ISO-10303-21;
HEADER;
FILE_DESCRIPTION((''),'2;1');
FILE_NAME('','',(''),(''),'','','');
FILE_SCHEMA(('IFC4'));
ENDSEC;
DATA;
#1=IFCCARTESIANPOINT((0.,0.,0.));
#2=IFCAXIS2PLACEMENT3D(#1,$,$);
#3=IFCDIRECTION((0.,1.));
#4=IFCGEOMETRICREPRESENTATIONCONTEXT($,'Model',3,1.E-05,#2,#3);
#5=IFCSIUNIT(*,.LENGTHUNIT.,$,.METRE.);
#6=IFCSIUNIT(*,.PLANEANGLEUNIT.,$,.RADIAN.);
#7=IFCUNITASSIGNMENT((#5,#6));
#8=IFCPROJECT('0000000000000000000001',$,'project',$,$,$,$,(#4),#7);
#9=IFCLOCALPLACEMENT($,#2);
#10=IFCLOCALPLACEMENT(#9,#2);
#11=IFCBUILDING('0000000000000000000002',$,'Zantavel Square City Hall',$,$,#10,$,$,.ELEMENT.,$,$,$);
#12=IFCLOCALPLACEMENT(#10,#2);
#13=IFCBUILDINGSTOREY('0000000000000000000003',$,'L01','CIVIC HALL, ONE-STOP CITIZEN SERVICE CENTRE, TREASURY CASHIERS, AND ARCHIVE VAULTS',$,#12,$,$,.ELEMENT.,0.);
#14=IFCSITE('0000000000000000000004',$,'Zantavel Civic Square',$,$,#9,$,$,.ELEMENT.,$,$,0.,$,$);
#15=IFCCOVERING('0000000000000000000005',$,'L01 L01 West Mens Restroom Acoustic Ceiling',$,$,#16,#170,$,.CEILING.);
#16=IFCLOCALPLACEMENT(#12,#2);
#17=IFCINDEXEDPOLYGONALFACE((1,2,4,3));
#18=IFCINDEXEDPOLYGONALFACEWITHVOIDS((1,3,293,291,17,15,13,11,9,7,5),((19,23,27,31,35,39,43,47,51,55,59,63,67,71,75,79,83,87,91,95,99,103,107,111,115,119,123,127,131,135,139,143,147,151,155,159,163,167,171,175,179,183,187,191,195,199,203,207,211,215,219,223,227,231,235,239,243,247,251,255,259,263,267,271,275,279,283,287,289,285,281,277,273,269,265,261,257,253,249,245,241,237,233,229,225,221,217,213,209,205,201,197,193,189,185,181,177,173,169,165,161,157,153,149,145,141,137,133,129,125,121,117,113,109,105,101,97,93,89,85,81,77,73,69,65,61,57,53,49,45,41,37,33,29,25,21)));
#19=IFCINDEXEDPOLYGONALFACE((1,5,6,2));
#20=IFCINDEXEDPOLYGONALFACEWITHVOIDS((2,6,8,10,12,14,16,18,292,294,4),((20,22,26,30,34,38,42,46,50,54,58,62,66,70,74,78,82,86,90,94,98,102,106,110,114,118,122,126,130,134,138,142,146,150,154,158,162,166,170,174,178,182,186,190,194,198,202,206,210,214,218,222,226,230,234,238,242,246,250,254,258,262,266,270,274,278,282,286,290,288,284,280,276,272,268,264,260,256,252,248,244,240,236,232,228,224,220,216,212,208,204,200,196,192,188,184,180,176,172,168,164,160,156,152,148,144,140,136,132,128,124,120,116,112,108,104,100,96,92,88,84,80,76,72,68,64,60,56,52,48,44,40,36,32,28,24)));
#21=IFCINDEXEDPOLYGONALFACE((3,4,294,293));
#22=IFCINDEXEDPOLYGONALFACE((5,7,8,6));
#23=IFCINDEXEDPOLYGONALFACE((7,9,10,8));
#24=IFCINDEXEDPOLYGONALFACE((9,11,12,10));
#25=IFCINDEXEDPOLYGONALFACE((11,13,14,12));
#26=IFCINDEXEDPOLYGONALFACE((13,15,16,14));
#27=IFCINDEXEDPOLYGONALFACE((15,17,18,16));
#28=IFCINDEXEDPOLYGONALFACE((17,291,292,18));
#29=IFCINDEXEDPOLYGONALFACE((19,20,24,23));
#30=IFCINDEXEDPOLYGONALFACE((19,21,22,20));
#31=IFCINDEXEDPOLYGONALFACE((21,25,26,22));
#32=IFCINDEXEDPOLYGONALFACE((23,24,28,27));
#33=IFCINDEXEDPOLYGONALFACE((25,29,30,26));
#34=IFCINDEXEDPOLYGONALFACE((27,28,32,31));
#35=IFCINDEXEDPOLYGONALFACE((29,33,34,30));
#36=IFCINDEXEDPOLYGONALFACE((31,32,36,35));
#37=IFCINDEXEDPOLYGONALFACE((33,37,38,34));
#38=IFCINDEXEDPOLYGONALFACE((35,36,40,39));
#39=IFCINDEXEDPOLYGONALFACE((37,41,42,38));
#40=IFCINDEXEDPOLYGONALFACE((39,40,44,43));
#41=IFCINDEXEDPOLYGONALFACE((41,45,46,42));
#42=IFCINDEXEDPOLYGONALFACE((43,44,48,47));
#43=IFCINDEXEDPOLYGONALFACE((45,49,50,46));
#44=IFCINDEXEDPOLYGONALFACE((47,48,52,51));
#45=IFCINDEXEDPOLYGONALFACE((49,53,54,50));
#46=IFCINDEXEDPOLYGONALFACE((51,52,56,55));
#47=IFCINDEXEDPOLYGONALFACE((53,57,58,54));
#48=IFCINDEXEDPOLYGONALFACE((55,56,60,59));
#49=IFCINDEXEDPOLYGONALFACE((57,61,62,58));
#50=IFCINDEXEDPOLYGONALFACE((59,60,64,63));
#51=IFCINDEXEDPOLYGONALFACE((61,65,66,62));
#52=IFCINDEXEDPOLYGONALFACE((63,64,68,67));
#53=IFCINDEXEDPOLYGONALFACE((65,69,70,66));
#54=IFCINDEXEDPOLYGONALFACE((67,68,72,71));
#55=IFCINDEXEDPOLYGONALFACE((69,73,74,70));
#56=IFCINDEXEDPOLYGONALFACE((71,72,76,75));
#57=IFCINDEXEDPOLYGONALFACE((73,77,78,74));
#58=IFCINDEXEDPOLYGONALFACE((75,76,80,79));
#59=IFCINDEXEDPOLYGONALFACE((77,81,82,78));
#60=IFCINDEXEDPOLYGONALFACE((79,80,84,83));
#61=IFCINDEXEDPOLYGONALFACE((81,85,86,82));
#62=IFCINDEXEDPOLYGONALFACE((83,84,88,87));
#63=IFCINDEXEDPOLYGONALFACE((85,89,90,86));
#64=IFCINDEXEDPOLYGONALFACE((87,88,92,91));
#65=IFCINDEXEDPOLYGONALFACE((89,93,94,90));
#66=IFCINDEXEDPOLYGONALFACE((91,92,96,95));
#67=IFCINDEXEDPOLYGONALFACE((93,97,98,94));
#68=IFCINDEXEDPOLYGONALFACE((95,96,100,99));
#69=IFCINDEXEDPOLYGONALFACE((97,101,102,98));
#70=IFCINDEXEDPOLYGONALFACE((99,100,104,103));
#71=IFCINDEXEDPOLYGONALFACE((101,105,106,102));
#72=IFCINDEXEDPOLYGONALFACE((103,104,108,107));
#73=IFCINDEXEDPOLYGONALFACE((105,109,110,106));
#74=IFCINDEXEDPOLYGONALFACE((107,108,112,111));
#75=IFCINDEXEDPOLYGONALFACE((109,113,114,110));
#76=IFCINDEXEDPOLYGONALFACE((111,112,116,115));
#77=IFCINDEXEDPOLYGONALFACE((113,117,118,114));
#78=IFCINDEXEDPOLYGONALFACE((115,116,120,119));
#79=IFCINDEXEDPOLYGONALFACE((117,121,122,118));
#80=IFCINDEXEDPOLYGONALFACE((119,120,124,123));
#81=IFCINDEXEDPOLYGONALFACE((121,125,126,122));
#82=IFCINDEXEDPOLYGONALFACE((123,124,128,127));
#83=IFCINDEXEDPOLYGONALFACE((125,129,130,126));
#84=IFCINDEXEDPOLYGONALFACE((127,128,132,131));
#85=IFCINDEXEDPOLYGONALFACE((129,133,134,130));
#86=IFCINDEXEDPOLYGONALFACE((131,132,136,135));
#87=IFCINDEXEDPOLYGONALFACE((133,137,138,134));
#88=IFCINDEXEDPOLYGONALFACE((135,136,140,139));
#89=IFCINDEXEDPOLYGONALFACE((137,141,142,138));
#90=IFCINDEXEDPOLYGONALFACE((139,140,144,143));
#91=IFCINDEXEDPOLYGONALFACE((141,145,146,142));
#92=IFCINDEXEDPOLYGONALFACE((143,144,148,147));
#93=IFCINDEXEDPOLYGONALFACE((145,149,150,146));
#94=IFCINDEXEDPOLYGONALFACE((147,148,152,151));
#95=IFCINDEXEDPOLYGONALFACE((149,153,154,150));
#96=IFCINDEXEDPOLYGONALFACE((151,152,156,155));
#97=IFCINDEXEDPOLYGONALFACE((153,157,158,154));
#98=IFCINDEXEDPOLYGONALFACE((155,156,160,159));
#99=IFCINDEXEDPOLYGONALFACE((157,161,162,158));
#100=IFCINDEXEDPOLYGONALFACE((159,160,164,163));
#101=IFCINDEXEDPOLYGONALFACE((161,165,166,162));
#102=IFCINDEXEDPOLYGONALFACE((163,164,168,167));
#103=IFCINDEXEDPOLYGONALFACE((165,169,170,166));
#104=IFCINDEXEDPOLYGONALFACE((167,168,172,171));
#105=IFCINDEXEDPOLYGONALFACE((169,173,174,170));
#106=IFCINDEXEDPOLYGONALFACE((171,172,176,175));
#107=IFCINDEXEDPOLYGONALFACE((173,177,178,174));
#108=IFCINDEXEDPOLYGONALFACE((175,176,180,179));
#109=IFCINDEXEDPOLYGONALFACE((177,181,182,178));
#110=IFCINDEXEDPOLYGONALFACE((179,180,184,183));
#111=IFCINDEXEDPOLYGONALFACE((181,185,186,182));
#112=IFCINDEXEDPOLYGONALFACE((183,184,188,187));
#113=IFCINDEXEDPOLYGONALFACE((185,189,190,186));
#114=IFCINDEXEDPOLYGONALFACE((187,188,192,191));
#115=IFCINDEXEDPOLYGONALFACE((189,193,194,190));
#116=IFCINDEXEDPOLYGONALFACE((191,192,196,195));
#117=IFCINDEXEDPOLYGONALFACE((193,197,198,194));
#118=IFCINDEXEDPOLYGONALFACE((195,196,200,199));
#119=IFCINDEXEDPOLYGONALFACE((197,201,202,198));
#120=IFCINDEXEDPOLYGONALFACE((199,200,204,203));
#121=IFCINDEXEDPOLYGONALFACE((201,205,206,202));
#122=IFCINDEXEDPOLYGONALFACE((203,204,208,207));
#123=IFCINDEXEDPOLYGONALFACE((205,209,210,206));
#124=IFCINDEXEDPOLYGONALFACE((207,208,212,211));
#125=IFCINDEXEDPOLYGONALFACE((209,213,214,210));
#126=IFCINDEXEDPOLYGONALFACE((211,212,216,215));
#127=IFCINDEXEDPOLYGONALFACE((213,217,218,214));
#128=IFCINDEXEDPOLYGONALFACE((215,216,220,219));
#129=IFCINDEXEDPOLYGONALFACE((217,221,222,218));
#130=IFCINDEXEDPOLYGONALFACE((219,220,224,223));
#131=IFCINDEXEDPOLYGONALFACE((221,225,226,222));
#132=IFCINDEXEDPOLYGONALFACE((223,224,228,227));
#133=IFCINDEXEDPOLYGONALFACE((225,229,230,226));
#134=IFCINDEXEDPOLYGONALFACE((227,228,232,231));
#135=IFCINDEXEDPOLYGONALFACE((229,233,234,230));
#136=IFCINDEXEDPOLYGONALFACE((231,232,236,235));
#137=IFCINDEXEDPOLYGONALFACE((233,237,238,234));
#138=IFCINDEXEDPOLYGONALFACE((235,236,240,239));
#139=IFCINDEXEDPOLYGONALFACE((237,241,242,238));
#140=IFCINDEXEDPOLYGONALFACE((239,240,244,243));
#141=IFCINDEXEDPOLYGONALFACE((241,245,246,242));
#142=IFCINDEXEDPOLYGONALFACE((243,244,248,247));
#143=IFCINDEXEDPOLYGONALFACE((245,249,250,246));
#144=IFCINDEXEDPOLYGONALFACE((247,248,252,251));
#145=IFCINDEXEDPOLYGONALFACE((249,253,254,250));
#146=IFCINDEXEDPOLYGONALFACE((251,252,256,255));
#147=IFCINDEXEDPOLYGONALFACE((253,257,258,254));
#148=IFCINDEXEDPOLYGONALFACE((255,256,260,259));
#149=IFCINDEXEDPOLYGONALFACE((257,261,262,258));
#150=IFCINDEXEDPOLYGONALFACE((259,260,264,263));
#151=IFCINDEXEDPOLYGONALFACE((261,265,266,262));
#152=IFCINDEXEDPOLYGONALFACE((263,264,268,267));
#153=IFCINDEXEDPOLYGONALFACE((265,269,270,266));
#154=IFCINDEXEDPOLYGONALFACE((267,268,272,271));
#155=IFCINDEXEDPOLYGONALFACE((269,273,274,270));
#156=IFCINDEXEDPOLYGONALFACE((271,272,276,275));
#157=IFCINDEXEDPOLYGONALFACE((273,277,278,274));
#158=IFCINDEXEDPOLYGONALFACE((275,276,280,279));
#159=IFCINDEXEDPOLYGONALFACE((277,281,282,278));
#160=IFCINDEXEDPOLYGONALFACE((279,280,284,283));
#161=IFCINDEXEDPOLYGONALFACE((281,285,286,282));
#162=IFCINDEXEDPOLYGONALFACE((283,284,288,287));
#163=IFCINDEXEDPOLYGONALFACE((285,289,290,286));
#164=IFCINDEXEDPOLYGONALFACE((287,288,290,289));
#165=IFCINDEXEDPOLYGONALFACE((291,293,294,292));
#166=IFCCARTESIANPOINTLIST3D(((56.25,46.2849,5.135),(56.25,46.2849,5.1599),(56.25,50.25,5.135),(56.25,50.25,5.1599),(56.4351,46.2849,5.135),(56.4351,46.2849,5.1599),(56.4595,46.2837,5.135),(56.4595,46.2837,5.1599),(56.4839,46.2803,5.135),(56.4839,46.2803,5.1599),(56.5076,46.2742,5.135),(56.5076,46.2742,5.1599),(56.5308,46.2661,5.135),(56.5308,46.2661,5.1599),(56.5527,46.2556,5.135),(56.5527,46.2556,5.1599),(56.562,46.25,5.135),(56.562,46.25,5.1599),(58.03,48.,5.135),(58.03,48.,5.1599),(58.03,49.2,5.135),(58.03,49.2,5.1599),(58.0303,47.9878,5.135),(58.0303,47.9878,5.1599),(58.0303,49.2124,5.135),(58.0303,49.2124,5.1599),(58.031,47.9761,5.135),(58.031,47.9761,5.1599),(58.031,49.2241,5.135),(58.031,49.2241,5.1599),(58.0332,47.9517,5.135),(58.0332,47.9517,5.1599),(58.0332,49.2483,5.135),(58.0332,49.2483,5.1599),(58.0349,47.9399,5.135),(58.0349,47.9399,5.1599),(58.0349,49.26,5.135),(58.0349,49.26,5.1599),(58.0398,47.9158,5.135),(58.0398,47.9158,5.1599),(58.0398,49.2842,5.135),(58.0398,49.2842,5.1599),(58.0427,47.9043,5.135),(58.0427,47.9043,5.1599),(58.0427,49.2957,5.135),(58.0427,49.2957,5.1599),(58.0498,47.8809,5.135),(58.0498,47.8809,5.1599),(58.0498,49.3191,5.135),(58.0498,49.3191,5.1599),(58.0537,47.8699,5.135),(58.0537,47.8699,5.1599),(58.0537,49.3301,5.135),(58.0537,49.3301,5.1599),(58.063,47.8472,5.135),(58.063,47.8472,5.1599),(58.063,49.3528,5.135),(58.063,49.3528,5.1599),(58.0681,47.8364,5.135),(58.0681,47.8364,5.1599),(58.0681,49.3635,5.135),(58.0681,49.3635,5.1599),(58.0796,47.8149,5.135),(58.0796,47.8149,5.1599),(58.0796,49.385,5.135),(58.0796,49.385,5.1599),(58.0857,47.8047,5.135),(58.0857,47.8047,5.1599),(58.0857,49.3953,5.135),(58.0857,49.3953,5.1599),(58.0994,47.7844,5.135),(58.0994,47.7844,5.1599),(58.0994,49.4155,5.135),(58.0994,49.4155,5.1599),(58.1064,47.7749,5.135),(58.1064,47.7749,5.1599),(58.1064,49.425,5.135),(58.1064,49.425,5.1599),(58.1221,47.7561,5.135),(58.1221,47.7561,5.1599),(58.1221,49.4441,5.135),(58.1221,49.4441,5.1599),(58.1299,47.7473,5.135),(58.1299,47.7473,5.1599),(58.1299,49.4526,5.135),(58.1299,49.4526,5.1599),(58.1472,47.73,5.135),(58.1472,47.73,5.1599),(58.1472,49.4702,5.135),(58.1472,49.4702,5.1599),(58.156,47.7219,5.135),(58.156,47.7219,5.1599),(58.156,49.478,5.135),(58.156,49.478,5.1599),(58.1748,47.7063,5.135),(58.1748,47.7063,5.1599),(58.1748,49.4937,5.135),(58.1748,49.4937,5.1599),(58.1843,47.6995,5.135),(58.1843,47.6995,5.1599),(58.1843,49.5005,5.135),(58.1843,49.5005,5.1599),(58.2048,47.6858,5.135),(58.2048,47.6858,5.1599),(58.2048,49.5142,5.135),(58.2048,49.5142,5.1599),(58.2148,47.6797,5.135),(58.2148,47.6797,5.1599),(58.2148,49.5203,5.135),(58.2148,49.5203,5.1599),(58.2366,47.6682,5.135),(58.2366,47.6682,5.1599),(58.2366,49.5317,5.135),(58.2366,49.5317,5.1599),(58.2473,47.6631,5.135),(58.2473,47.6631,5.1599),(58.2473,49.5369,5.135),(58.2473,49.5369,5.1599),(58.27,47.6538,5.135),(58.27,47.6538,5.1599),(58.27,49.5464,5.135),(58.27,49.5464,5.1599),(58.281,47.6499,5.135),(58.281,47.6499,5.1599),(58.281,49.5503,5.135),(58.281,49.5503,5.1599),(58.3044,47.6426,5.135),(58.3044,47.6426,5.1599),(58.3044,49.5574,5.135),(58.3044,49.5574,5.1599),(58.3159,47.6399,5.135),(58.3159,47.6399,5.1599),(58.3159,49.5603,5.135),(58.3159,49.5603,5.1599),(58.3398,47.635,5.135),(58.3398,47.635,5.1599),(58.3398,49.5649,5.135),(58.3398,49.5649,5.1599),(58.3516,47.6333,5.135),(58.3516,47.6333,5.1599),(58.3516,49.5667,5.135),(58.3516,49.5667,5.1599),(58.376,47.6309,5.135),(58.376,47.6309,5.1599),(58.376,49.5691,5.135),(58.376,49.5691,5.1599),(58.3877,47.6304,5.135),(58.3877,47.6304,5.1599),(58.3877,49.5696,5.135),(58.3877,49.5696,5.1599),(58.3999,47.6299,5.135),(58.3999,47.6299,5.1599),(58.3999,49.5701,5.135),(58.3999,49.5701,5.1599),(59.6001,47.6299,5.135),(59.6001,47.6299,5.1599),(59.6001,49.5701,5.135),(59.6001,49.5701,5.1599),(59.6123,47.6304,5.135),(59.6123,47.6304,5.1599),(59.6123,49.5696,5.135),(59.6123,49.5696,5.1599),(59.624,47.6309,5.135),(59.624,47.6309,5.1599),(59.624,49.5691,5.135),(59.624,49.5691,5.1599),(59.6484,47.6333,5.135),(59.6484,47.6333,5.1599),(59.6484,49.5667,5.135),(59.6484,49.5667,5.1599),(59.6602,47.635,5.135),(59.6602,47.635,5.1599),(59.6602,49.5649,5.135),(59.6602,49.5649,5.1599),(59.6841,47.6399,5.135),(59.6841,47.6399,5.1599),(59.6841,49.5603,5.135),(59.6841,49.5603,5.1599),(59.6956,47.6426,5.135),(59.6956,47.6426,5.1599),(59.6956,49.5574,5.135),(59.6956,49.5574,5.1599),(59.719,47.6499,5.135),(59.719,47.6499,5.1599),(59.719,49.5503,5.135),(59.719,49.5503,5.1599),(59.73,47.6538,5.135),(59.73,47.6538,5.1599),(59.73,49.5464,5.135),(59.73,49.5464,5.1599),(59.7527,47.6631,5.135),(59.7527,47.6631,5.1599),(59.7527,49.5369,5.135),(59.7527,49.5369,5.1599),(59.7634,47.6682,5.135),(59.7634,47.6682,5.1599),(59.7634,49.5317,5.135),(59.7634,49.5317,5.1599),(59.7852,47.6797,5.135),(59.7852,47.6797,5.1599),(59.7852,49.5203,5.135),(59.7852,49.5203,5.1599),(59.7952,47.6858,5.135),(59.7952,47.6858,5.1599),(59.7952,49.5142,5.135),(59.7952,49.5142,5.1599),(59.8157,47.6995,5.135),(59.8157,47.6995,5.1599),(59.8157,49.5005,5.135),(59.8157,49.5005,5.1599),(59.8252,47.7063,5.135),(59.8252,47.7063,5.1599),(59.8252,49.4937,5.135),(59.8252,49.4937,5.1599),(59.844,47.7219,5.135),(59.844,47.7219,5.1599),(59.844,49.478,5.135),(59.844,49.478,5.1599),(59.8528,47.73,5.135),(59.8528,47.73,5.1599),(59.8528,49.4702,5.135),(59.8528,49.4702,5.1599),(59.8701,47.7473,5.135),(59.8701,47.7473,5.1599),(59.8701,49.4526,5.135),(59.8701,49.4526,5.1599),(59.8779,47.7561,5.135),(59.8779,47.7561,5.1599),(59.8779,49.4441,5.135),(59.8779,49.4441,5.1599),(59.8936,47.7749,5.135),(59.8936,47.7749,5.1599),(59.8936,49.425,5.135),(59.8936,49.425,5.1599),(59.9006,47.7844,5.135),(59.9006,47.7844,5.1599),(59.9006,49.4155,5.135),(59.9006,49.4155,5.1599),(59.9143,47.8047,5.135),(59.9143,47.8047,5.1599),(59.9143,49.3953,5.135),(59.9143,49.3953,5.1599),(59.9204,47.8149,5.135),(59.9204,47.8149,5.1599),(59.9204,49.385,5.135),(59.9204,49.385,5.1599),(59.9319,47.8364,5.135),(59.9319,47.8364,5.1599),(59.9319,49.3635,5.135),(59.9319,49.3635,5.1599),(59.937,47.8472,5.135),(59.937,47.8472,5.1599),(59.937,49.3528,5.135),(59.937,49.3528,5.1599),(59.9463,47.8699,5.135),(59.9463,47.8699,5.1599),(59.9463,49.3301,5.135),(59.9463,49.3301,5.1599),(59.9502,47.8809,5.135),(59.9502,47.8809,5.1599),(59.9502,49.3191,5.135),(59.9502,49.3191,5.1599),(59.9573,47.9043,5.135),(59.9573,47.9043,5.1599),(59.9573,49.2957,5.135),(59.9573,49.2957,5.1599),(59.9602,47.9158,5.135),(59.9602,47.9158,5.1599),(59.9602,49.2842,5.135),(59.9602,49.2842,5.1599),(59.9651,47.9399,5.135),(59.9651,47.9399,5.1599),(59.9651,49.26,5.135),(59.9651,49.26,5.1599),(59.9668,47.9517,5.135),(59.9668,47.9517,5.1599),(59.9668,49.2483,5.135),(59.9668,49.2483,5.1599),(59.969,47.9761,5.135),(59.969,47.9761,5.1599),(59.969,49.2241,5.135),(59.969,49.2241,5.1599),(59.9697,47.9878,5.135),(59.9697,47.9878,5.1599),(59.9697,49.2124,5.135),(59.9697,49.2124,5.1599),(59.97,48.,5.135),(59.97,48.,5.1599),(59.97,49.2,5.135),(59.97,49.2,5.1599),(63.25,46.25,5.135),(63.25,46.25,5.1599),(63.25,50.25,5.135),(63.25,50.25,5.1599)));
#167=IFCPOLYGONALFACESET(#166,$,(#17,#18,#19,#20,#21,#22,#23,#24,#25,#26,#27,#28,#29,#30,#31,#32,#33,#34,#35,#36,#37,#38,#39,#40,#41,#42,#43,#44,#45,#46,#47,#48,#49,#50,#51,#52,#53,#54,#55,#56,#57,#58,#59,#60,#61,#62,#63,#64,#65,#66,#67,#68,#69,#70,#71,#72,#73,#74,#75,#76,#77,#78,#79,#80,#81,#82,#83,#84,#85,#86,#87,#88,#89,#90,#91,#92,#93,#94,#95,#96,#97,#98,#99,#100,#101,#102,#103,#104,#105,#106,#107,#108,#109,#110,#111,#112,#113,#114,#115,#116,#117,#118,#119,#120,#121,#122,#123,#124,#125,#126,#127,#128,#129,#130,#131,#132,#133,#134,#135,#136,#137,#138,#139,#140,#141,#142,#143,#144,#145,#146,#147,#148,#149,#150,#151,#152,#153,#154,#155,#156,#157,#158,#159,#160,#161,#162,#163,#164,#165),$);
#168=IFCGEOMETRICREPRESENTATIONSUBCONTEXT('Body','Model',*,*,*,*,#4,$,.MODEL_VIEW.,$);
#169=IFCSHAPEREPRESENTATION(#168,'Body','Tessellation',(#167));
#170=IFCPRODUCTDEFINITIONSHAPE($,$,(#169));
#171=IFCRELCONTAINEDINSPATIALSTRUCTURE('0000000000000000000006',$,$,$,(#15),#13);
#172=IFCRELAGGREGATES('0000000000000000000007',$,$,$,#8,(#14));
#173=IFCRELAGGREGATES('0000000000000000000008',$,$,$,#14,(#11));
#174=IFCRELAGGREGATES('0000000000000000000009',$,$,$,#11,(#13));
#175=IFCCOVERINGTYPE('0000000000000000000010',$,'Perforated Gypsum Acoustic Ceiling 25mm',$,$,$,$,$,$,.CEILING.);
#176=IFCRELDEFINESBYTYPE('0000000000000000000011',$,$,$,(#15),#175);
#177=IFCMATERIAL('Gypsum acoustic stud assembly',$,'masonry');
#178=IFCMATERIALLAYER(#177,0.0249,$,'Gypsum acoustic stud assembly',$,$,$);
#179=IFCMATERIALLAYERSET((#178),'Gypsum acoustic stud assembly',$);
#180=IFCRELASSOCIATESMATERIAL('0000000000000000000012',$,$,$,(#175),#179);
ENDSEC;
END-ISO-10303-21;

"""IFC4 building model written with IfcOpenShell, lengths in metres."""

from ifc_helpers import new_model, si_unit, direction, frame, origin, place, context, subcontext, project, spatial, polyline, outline, extrude, material, layer, layer_set, type_object, element, save


model = new_model("IFC4")

# Units and contexts
model_context = context("Model", 3, precision=1e-05, world=origin(), true_north=direction((0.0, 1.0)))
body_context = subcontext(model_context, "Body", "Model", "MODEL_VIEW")
ifc_project = project(units=[si_unit("LENGTHUNIT", "METRE"), si_unit("PLANEANGLEUNIT", "RADIAN")], contexts=[model_context])

# Site, building, storey
site_placement = place(None, origin())
site = spatial("IfcSite", under=ifc_project, at=site_placement, Name="Zantavel Civic Square", CompositionType="ELEMENT", RefElevation=0.0)
building_placement = place(site_placement, origin())
building = spatial("IfcBuilding", under=site, at=building_placement, Name="Zantavel Square City Hall", CompositionType="ELEMENT")
storey_placement = place(building_placement, origin())
storey = spatial("IfcBuildingStorey", under=building, at=storey_placement, Name="L01", Description="CIVIC HALL, ONE-STOP CITIZEN SERVICE CENTRE, TREASURY CASHIERS, AND ARCHIVE VAULTS", CompositionType="ELEMENT", Elevation=0.0)

# Covering
ifc_material_1 = material(Name="Gypsum acoustic stud assembly", Category="masonry")
ifc_layer_1 = layer(ifc_material_1, 0.0249, Name="Gypsum acoustic stud assembly")
ifc_layer_set_1 = layer_set([ifc_layer_1], Name="Gypsum acoustic stud assembly")
covering_type_1 = type_object("IfcCoveringType", Name="Perforated Gypsum Acoustic Ceiling 25mm", PredefinedType="CEILING", material=ifc_layer_set_1)
covering_1_placement = place(storey_placement, frame((0.0, 0.0, 5.135)))
element("IfcCovering", 1, at=covering_1_placement, inside=storey, type_object=covering_type_1, Name="L01 L01 West Mens Restroom Acoustic Ceiling", PredefinedType="CEILING", context=body_context, shape_type="SweptSolid", body=[
    extrude(outline(polyline([(56.5308, 46.2661), (56.5076, 46.2742), (56.4839, 46.2803), (56.4595, 46.2837), (56.4351, 46.2849), (56.25, 46.2849), (56.25, 50.25), (63.25, 50.25), (63.25, 46.25), (56.562, 46.25), (56.5527, 46.2556), (56.5308, 46.2661)]), holes=[polyline([(58.031, 47.9761), (58.0332, 47.9517), (58.0349, 47.9399), (58.0398, 47.9158), (58.0427, 47.9043), (58.0498, 47.8809), (58.0537, 47.8699), (58.063, 47.8472), (58.0681, 47.8364), (58.0796, 47.8149), (58.0857, 47.8047), (58.0994, 47.7844), (58.1064, 47.7749), (58.1221, 47.7561), (58.1299, 47.7473), (58.1472, 47.73), (58.156, 47.7219), (58.1748, 47.7063), (58.1843, 47.6995), (58.2048, 47.6858), (58.2148, 47.6797), (58.2366, 47.6682), (58.2473, 47.6631), (58.27, 47.6538), (58.281, 47.6499), (58.3044, 47.6426), (58.3159, 47.6399), (58.3398, 47.635), (58.3516, 47.6333), (58.376, 47.6309), (58.3877, 47.6304), (58.3999, 47.6299), (59.6001, 47.6299), (59.6123, 47.6304), (59.624, 47.6309), (59.6484, 47.6333), (59.6602, 47.635), (59.6841, 47.6399), (59.6956, 47.6426), (59.719, 47.6499), (59.73, 47.6538), (59.7527, 47.6631), (59.7634, 47.6682), (59.7852, 47.6797), (59.7952, 47.6858), (59.8157, 47.6995), (59.8252, 47.7063), (59.844, 47.7219), (59.8528, 47.73), (59.8701, 47.7473), (59.8779, 47.7561), (59.8936, 47.7749), (59.9006, 47.7844), (59.9143, 47.8047), (59.9204, 47.8149), (59.9319, 47.8364), (59.937, 47.8472), (59.9463, 47.8699), (59.9502, 47.8809), (59.9573, 47.9043), (59.9602, 47.9158), (59.9651, 47.9399), (59.9668, 47.9517), (59.969, 47.9761), (59.9697, 47.9878), (59.97, 48.0), (59.97, 49.2), (59.9697, 49.2124), (59.969, 49.2241), (59.9668, 49.2483), (59.9651, 49.26), (59.9602, 49.2842), (59.9573, 49.2957), (59.9502, 49.3191), (59.9463, 49.3301), (59.937, 49.3528), (59.9319, 49.3635), (59.9204, 49.385), (59.9143, 49.3953), (59.9006, 49.4155), (59.8936, 49.425), (59.8779, 49.4441), (59.8701, 49.4526), (59.8528, 49.4702), (59.844, 49.478), (59.8252, 49.4937), (59.8157, 49.5005), (59.7952, 49.5142), (59.7852, 49.5203), (59.7634, 49.5317), (59.7527, 49.5369), (59.73, 49.5464), (59.719, 49.5503), (59.6956, 49.5574), (59.6841, 49.5603), (59.6602, 49.5649), (59.6484, 49.5667), (59.624, 49.5691), (59.6123, 49.5696), (59.6001, 49.5701), (58.3999, 49.5701), (58.3877, 49.5696), (58.376, 49.5691), (58.3516, 49.5667), (58.3398, 49.5649), (58.3159, 49.5603), (58.3044, 49.5574), (58.281, 49.5503), (58.27, 49.5464), (58.2473, 49.5369), (58.2366, 49.5317), (58.2148, 49.5203), (58.2048, 49.5142), (58.1843, 49.5005), (58.1748, 49.4937), (58.156, 49.478), (58.1472, 49.4702), (58.1299, 49.4526), (58.1221, 49.4441), (58.1064, 49.425), (58.0994, 49.4155), (58.0857, 49.3953), (58.0796, 49.385), (58.0681, 49.3635), (58.063, 49.3528), (58.0537, 49.3301), (58.0498, 49.3191), (58.0427, 49.2957), (58.0398, 49.2842), (58.0349, 49.26), (58.0332, 49.2483), (58.031, 49.2241), (58.0303, 49.2124), (58.03, 49.2), (58.03, 48.0), (58.0303, 47.9878), (58.031, 47.9761)])]), origin(), (0.0, 0.0, 1.0), 0.0249),
])

save(model, "model.ifc")
